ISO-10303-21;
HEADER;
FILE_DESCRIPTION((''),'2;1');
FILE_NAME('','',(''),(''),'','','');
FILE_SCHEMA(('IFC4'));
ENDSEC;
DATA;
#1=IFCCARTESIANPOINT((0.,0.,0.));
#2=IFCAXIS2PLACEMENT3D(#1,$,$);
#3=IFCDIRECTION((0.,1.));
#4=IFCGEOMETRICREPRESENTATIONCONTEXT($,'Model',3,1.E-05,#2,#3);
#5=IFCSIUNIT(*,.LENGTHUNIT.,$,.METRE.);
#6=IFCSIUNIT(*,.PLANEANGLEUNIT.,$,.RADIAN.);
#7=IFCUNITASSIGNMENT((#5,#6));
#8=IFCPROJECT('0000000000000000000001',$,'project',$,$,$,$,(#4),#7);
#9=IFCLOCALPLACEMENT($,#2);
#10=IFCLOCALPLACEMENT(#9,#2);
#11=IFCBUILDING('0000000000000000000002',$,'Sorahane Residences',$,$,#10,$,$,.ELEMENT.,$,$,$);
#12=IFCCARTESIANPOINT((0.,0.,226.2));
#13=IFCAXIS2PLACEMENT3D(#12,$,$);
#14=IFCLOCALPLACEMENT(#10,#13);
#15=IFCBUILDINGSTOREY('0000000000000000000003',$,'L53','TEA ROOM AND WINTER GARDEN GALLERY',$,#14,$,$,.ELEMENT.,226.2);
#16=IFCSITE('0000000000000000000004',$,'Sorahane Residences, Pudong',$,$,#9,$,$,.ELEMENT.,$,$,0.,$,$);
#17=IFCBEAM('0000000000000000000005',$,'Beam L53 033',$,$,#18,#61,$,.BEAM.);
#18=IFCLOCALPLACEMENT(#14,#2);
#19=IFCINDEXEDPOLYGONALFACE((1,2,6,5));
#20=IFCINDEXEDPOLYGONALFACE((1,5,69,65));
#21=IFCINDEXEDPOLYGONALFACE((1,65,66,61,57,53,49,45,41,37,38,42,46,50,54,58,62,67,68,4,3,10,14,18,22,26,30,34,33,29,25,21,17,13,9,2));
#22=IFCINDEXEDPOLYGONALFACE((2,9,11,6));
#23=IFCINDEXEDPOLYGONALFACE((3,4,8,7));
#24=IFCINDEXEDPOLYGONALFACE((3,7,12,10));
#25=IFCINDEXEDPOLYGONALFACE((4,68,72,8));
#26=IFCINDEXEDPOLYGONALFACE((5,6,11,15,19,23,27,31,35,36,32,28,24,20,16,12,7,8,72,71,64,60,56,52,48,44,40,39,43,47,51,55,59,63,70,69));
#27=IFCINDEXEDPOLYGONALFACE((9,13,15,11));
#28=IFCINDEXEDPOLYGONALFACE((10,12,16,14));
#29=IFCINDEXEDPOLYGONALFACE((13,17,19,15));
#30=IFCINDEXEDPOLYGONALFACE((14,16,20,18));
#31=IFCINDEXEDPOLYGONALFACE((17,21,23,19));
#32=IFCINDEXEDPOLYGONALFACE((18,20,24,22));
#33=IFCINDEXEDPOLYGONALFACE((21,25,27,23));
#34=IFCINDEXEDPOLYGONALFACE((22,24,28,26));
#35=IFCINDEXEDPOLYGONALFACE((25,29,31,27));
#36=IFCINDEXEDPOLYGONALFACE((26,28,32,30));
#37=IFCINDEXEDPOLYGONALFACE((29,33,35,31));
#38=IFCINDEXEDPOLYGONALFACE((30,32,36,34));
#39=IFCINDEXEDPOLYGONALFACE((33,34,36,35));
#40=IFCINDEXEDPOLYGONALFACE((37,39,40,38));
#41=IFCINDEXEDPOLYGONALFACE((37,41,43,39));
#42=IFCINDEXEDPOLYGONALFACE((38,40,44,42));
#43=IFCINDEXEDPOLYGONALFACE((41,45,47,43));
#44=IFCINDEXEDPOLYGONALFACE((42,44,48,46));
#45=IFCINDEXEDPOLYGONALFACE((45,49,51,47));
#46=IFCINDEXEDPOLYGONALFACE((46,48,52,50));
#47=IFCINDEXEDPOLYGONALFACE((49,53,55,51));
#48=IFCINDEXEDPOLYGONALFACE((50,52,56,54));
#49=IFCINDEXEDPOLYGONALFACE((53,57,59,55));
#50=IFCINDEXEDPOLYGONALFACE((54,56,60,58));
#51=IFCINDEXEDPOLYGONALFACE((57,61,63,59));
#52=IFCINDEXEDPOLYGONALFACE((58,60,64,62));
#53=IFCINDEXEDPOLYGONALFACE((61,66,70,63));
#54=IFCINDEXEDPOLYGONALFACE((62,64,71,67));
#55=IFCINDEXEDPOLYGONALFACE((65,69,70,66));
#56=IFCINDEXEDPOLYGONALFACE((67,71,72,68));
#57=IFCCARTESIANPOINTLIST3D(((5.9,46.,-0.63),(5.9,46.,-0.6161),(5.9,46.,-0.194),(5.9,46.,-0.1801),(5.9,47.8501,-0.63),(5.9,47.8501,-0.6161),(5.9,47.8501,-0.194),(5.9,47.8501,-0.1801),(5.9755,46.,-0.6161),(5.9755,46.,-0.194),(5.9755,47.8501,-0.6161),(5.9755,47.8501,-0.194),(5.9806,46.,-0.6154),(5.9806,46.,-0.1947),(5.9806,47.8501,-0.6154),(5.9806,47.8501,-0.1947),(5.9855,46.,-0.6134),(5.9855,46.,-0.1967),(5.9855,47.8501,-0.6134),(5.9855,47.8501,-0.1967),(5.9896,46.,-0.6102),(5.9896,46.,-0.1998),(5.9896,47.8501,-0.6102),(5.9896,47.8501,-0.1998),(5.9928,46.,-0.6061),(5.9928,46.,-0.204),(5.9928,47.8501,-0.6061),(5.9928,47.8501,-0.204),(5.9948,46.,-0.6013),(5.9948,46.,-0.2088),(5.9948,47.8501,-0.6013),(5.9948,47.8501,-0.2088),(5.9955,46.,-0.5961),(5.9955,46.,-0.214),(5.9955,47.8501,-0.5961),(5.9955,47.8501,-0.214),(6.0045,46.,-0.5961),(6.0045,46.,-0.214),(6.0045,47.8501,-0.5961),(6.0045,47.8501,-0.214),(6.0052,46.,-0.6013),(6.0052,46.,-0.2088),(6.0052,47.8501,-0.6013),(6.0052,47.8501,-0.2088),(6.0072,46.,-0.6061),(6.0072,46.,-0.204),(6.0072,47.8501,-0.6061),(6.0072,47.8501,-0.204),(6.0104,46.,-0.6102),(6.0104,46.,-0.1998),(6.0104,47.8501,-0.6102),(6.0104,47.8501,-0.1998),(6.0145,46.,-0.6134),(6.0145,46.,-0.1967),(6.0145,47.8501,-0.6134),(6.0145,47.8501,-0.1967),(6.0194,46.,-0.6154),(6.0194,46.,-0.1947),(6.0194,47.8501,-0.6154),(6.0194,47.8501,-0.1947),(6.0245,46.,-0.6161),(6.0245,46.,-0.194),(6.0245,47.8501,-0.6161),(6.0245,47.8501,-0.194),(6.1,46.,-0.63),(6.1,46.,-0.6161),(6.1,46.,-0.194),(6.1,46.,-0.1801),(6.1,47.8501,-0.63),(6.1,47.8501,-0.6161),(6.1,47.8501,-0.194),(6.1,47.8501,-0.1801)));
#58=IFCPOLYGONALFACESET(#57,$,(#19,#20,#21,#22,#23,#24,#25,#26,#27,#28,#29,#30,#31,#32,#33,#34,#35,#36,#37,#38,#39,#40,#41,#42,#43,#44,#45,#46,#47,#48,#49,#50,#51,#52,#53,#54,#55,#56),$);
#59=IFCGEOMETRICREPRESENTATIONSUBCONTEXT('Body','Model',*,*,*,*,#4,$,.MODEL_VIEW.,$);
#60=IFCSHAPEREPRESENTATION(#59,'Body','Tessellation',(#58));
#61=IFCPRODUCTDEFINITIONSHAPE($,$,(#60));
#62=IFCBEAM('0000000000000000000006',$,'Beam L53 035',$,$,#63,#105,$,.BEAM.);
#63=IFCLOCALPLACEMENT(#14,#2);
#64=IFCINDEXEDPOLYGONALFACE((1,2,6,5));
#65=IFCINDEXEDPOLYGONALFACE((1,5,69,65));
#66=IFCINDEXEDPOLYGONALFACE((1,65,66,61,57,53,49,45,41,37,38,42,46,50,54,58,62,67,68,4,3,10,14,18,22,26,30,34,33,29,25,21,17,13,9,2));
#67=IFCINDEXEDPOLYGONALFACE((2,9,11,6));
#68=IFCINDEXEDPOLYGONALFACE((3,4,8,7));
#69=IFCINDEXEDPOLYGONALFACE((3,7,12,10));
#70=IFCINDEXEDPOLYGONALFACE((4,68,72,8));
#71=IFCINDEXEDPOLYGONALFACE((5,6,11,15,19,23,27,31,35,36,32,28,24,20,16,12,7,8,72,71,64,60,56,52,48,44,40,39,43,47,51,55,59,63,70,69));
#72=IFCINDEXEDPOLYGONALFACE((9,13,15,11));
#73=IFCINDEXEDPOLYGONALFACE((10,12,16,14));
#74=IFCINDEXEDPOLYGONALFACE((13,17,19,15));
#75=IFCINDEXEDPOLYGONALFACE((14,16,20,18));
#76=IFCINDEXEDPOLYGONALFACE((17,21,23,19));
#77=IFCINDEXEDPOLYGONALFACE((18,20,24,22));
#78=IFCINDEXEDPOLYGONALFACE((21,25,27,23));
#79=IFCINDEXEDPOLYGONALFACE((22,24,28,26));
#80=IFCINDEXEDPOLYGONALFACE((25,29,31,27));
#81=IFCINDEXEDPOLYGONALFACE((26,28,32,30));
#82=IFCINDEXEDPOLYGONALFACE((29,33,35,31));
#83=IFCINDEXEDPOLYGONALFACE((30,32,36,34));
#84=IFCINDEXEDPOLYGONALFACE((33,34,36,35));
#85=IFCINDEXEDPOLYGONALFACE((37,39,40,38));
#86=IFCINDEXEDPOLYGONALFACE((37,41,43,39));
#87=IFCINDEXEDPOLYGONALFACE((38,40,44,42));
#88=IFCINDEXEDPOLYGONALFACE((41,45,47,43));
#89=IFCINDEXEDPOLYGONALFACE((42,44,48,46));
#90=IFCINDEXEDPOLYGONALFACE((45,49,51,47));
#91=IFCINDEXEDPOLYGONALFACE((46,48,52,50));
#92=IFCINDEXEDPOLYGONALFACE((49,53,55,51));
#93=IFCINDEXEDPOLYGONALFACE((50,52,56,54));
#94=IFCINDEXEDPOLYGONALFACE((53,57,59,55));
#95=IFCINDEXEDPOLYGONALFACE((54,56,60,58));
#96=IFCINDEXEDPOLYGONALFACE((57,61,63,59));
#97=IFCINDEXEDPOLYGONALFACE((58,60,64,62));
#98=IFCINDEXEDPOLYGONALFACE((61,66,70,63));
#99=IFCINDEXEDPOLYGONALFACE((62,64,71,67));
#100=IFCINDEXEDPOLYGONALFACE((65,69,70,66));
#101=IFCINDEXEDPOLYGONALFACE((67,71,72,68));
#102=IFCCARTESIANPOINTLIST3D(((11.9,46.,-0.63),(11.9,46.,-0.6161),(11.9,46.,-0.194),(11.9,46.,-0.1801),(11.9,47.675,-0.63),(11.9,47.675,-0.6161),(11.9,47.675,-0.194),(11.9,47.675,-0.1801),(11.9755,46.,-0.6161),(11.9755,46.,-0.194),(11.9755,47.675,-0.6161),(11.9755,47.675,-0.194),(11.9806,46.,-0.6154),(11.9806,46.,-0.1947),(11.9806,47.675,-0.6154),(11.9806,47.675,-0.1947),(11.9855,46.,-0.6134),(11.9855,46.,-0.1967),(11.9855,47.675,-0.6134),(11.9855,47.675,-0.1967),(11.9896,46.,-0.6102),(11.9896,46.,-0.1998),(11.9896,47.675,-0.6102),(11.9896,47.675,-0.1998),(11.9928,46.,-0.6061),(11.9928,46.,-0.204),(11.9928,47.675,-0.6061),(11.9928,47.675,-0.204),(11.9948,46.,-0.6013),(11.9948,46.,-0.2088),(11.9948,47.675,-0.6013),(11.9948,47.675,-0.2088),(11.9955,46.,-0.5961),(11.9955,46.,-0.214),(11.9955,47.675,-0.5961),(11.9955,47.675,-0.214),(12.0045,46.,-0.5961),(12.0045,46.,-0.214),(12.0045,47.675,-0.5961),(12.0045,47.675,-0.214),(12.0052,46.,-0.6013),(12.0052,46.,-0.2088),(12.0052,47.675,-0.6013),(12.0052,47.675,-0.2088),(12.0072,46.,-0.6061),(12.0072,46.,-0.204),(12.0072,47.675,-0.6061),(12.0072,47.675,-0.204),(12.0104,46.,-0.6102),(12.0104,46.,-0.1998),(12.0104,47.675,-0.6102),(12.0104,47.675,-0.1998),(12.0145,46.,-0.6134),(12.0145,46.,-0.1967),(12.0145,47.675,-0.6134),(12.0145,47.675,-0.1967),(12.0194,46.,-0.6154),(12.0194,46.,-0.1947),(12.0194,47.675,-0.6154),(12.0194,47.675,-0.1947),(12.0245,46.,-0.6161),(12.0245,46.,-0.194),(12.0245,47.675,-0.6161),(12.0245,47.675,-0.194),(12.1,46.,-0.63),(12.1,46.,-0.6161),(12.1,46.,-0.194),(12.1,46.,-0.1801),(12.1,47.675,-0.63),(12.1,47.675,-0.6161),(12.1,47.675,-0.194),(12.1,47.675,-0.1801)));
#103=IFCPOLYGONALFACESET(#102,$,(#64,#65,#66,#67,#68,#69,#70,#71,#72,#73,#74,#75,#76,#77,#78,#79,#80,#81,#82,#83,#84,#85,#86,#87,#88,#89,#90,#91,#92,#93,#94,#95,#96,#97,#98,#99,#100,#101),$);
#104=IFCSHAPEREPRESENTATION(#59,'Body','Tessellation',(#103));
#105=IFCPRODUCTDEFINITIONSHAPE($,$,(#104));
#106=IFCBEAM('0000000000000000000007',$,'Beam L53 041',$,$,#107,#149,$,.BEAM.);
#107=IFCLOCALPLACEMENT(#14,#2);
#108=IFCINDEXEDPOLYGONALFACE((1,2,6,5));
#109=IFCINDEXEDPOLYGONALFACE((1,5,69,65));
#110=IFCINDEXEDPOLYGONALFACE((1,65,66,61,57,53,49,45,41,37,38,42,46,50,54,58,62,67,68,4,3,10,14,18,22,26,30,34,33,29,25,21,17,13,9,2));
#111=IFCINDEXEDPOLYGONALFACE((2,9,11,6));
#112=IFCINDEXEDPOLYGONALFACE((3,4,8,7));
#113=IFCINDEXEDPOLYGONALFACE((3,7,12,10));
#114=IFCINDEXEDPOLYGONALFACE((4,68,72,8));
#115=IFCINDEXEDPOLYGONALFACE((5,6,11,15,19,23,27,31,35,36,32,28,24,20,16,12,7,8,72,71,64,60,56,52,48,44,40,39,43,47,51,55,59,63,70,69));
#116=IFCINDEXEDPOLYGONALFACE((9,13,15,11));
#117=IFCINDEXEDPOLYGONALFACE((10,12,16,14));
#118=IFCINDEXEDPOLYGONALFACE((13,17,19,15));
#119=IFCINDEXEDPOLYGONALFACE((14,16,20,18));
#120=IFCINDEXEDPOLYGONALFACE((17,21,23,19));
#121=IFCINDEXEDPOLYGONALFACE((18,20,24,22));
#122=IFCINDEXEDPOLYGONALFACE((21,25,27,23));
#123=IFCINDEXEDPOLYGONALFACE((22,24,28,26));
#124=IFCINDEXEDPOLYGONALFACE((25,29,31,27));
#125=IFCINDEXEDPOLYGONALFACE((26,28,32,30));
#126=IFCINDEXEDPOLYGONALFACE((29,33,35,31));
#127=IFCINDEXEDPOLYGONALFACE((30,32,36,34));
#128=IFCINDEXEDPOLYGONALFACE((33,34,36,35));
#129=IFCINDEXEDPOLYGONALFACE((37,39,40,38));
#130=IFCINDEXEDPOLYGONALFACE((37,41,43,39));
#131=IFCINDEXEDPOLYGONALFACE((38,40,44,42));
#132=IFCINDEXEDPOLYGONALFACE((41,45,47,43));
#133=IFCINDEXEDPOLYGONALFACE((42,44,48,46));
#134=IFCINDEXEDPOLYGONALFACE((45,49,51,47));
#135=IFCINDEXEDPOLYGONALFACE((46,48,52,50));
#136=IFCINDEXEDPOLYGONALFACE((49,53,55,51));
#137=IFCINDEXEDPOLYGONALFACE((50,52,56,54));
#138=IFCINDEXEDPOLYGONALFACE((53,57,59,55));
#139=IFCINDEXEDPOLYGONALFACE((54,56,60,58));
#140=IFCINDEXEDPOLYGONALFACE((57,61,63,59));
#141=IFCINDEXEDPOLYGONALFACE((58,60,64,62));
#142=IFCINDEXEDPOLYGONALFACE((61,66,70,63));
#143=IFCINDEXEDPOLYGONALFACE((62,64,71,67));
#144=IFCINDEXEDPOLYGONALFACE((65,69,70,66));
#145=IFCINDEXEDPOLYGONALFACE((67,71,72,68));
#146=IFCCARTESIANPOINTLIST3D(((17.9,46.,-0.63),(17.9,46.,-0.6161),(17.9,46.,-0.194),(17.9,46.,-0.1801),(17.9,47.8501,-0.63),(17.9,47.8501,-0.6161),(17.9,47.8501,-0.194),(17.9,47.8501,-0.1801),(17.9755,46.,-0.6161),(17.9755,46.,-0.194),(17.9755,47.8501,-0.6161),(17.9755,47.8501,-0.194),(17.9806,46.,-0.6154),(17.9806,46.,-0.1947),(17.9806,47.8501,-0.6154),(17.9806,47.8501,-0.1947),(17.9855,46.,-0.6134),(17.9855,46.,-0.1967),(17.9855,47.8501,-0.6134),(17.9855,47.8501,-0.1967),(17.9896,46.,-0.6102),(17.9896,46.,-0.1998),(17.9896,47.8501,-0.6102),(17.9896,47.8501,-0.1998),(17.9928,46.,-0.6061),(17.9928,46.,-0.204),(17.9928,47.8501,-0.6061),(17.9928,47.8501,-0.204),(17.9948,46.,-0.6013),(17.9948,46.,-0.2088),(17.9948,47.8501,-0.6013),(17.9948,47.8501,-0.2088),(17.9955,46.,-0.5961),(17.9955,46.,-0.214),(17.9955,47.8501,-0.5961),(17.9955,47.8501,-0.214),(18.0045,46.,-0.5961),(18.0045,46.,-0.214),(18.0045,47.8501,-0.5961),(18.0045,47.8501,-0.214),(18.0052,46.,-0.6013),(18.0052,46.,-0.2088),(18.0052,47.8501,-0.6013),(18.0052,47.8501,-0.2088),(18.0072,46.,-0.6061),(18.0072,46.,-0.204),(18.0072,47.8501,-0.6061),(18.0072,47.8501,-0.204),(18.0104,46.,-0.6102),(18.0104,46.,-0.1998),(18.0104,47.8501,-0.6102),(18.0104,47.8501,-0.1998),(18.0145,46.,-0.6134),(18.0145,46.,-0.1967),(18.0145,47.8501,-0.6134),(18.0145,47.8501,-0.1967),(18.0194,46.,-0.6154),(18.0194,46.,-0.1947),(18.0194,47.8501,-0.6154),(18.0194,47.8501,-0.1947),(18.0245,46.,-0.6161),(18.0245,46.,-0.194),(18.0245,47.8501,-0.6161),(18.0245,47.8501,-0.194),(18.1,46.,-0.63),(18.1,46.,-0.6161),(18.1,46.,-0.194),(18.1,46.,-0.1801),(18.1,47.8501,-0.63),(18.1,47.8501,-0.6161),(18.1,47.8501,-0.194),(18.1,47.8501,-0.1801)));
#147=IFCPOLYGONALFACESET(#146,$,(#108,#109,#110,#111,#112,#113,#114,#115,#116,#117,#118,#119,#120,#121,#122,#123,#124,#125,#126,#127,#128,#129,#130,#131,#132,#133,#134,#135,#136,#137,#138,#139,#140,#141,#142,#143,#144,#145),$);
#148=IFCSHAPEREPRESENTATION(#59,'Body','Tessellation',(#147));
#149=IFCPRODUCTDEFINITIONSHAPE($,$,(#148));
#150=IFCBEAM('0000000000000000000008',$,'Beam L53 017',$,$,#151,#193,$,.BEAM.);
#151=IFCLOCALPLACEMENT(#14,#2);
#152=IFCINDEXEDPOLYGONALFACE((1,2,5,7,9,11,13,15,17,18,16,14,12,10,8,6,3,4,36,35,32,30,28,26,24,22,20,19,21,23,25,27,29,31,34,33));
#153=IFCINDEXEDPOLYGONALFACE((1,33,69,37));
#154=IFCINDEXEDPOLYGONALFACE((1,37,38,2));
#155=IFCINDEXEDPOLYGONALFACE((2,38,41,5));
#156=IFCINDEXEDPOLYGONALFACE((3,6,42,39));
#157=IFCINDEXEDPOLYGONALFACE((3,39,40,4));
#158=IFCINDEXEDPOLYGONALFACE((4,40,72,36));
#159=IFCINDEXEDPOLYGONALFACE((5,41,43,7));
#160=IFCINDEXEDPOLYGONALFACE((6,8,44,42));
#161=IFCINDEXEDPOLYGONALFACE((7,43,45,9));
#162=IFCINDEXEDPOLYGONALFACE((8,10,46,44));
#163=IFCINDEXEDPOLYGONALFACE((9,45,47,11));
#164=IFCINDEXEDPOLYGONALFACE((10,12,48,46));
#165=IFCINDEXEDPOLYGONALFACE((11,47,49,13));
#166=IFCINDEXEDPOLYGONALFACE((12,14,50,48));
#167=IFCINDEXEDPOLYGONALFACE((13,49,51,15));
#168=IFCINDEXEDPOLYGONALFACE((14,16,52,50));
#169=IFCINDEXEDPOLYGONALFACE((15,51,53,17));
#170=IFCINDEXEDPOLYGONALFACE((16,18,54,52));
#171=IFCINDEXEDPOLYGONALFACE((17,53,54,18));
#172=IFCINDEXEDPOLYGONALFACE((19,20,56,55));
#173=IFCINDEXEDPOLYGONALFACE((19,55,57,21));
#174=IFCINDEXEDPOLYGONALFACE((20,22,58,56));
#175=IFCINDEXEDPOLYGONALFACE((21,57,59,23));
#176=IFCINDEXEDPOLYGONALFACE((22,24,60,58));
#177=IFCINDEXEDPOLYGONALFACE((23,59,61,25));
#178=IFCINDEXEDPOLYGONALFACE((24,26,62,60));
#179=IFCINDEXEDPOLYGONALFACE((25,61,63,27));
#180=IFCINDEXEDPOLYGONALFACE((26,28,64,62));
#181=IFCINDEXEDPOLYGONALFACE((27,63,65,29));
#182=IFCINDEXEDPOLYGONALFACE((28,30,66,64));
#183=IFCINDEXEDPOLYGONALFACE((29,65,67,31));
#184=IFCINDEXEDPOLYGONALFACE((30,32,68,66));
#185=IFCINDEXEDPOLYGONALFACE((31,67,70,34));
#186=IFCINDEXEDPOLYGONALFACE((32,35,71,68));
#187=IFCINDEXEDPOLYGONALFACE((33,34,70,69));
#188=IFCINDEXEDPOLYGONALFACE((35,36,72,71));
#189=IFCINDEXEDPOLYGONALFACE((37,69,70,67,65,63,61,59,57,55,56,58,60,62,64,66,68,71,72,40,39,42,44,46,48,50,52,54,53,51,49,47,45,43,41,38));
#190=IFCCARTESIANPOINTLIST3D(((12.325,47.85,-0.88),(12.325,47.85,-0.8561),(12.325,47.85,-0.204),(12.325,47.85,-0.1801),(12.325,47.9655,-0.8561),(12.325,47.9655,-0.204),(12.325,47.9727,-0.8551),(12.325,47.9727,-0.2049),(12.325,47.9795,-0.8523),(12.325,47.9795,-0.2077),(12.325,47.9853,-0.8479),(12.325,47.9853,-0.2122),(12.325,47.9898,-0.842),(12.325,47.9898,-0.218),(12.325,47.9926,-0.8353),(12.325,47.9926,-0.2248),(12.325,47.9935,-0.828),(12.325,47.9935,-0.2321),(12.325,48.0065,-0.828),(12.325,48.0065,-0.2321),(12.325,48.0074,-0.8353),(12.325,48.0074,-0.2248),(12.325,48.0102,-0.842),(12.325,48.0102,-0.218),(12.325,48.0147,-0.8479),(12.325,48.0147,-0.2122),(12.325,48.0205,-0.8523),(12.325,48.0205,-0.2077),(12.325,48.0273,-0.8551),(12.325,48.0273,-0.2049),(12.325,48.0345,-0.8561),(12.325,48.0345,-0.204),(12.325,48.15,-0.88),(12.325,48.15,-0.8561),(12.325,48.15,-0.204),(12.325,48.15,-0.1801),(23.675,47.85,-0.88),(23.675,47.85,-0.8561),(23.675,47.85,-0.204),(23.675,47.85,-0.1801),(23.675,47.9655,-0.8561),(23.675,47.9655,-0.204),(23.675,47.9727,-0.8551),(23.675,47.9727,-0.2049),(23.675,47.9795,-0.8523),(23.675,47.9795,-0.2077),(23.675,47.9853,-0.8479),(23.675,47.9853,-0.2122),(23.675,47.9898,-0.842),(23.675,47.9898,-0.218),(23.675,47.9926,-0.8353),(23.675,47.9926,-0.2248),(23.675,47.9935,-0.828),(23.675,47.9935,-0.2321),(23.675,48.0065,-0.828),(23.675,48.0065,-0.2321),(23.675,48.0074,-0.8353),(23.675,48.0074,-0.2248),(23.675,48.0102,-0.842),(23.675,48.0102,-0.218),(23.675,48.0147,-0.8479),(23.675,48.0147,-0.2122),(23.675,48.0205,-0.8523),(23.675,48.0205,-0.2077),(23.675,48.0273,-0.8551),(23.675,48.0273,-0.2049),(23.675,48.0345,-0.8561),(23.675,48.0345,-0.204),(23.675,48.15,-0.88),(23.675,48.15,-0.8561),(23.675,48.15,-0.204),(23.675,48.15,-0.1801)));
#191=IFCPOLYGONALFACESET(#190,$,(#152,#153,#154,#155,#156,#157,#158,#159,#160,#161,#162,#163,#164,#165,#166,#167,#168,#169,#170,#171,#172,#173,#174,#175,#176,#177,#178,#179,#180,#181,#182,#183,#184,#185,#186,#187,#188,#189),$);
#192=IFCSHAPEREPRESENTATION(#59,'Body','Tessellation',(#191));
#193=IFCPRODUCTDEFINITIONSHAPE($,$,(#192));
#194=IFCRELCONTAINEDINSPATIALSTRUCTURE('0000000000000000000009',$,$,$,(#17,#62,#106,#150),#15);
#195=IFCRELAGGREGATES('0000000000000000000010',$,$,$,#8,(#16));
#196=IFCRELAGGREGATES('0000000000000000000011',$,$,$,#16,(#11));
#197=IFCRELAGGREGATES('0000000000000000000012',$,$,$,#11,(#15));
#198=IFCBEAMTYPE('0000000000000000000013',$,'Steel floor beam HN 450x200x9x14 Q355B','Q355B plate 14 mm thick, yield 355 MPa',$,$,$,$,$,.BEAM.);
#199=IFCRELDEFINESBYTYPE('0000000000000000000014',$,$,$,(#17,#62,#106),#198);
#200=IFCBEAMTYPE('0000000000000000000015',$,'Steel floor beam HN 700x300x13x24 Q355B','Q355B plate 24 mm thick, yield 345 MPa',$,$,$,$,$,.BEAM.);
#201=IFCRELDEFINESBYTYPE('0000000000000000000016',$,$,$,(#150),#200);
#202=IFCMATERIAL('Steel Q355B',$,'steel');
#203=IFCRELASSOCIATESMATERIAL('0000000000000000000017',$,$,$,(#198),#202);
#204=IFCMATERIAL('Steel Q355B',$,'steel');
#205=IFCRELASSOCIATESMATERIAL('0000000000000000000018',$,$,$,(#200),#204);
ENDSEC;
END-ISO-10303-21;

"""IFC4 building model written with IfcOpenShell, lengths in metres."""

from ifc_helpers import new_model, si_unit, direction, frame, origin, origin_2d, place, context, subcontext, project, spatial, i_section, extrude, material, material_profile, profile_set, type_object, element, save


model = new_model("IFC4")

# Units and contexts
model_context = context("Model", 3, precision=1e-05, world=origin(), true_north=direction((0.0, 1.0)))
body_context = subcontext(model_context, "Body", "Model", "MODEL_VIEW")
ifc_project = project(units=[si_unit("LENGTHUNIT", "METRE"), si_unit("PLANEANGLEUNIT", "RADIAN")], contexts=[model_context])

# Site, building, storey
site_placement = place(None, origin())
site = spatial("IfcSite", under=ifc_project, at=site_placement, Name="Sorahane Residences, Pudong", CompositionType="ELEMENT", RefElevation=0.0)
building_placement = place(site_placement, origin())
building = spatial("IfcBuilding", under=site, at=building_placement, Name="Sorahane Residences", CompositionType="ELEMENT")
storey_placement = place(building_placement, frame((0.0, 0.0, 226.2)))
storey = spatial("IfcBuildingStorey", under=building, at=storey_placement, Name="L53", Description="TEA ROOM AND WINTER GARDEN GALLERY", CompositionType="ELEMENT", Elevation=226.2)

# Beams
ifc_material_1 = material(Name="Steel Q355B", Category="steel")
ifc_material_profile_1 = material_profile(ifc_material_1, i_section(OverallWidth=0.2, OverallDepth=0.45, WebThickness=0.009, FlangeThickness=0.0139, FilletRadius=0.02, at=origin_2d()), Name="HN 450x200x9x14")
ifc_profile_set_1 = profile_set([ifc_material_profile_1], Name="Steel Q355B")
beam_type_1 = type_object("IfcBeamType", Name="Steel floor beam HN 450x200x9x14 Q355B", Description="Q355B plate 14 mm thick, yield 355 MPa", PredefinedType="BEAM", material=ifc_profile_set_1)
beam_1_placement = place(storey_placement, frame((6.0, 46.0, -0.405), z_axis=(0.0, 1.0, 0.0), x_axis=(-1.0, 0.0, 0.0)))
element("IfcBeam", 1, at=beam_1_placement, inside=storey, type_object=beam_type_1, Name="Beam L53 033", PredefinedType="BEAM", context=body_context, shape_type="SweptSolid", body=[
    extrude(i_section(OverallWidth=0.2, OverallDepth=0.45, WebThickness=0.009, FlangeThickness=0.0139, FilletRadius=0.02, at=origin_2d()), origin(), (0.0, 0.0, 1.0), 1.8501),
])
beam_2_placement = place(storey_placement, frame((12.0, 46.0, -0.405), z_axis=(0.0, 1.0, 0.0), x_axis=(-1.0, 0.0, 0.0)))
element("IfcBeam", 2, at=beam_2_placement, inside=storey, type_object=beam_type_1, Name="Beam L53 035", PredefinedType="BEAM", context=body_context, shape_type="SweptSolid", body=[
    extrude(i_section(OverallWidth=0.2, OverallDepth=0.45, WebThickness=0.009, FlangeThickness=0.0139, FilletRadius=0.02, at=origin_2d()), origin(), (0.0, 0.0, 1.0), 1.675),
])
beam_3_placement = place(storey_placement, frame((18.0, 46.0, -0.405), z_axis=(0.0, 1.0, 0.0), x_axis=(-1.0, 0.0, 0.0)))
element("IfcBeam", 3, at=beam_3_placement, inside=storey, type_object=beam_type_1, Name="Beam L53 041", PredefinedType="BEAM", context=body_context, shape_type="SweptSolid", body=[
    extrude(i_section(OverallWidth=0.2, OverallDepth=0.45, WebThickness=0.009, FlangeThickness=0.0139, FilletRadius=0.02, at=origin_2d()), origin(), (0.0, 0.0, 1.0), 1.8501),
])
ifc_material_2 = material(Name="Steel Q355B", Category="steel")
ifc_material_profile_2 = material_profile(ifc_material_2, i_section(OverallWidth=0.3, OverallDepth=0.7, WebThickness=0.0129, FlangeThickness=0.0239, FilletRadius=0.0281, at=origin_2d()), Name="HN 700x300x13x24")
ifc_profile_set_2 = profile_set([ifc_material_profile_2], Name="Steel Q355B")
beam_type_2 = type_object("IfcBeamType", Name="Steel floor beam HN 700x300x13x24 Q355B", Description="Q355B plate 24 mm thick, yield 345 MPa", PredefinedType="BEAM", material=ifc_profile_set_2)
beam_4_placement = place(storey_placement, frame((12.325, 48.0, -0.53), z_axis=(1.0, 0.0, 0.0), x_axis=(0.0, 1.0, 0.0)))
element("IfcBeam", 4, at=beam_4_placement, inside=storey, type_object=beam_type_2, Name="Beam L53 017", PredefinedType="BEAM", context=body_context, shape_type="SweptSolid", body=[
    extrude(i_section(OverallWidth=0.3, OverallDepth=0.7, WebThickness=0.0129, FlangeThickness=0.0239, FilletRadius=0.0281, at=origin_2d()), origin(), (0.0, 0.0, 1.0), 11.3501),
])

save(model, "model.ifc")
